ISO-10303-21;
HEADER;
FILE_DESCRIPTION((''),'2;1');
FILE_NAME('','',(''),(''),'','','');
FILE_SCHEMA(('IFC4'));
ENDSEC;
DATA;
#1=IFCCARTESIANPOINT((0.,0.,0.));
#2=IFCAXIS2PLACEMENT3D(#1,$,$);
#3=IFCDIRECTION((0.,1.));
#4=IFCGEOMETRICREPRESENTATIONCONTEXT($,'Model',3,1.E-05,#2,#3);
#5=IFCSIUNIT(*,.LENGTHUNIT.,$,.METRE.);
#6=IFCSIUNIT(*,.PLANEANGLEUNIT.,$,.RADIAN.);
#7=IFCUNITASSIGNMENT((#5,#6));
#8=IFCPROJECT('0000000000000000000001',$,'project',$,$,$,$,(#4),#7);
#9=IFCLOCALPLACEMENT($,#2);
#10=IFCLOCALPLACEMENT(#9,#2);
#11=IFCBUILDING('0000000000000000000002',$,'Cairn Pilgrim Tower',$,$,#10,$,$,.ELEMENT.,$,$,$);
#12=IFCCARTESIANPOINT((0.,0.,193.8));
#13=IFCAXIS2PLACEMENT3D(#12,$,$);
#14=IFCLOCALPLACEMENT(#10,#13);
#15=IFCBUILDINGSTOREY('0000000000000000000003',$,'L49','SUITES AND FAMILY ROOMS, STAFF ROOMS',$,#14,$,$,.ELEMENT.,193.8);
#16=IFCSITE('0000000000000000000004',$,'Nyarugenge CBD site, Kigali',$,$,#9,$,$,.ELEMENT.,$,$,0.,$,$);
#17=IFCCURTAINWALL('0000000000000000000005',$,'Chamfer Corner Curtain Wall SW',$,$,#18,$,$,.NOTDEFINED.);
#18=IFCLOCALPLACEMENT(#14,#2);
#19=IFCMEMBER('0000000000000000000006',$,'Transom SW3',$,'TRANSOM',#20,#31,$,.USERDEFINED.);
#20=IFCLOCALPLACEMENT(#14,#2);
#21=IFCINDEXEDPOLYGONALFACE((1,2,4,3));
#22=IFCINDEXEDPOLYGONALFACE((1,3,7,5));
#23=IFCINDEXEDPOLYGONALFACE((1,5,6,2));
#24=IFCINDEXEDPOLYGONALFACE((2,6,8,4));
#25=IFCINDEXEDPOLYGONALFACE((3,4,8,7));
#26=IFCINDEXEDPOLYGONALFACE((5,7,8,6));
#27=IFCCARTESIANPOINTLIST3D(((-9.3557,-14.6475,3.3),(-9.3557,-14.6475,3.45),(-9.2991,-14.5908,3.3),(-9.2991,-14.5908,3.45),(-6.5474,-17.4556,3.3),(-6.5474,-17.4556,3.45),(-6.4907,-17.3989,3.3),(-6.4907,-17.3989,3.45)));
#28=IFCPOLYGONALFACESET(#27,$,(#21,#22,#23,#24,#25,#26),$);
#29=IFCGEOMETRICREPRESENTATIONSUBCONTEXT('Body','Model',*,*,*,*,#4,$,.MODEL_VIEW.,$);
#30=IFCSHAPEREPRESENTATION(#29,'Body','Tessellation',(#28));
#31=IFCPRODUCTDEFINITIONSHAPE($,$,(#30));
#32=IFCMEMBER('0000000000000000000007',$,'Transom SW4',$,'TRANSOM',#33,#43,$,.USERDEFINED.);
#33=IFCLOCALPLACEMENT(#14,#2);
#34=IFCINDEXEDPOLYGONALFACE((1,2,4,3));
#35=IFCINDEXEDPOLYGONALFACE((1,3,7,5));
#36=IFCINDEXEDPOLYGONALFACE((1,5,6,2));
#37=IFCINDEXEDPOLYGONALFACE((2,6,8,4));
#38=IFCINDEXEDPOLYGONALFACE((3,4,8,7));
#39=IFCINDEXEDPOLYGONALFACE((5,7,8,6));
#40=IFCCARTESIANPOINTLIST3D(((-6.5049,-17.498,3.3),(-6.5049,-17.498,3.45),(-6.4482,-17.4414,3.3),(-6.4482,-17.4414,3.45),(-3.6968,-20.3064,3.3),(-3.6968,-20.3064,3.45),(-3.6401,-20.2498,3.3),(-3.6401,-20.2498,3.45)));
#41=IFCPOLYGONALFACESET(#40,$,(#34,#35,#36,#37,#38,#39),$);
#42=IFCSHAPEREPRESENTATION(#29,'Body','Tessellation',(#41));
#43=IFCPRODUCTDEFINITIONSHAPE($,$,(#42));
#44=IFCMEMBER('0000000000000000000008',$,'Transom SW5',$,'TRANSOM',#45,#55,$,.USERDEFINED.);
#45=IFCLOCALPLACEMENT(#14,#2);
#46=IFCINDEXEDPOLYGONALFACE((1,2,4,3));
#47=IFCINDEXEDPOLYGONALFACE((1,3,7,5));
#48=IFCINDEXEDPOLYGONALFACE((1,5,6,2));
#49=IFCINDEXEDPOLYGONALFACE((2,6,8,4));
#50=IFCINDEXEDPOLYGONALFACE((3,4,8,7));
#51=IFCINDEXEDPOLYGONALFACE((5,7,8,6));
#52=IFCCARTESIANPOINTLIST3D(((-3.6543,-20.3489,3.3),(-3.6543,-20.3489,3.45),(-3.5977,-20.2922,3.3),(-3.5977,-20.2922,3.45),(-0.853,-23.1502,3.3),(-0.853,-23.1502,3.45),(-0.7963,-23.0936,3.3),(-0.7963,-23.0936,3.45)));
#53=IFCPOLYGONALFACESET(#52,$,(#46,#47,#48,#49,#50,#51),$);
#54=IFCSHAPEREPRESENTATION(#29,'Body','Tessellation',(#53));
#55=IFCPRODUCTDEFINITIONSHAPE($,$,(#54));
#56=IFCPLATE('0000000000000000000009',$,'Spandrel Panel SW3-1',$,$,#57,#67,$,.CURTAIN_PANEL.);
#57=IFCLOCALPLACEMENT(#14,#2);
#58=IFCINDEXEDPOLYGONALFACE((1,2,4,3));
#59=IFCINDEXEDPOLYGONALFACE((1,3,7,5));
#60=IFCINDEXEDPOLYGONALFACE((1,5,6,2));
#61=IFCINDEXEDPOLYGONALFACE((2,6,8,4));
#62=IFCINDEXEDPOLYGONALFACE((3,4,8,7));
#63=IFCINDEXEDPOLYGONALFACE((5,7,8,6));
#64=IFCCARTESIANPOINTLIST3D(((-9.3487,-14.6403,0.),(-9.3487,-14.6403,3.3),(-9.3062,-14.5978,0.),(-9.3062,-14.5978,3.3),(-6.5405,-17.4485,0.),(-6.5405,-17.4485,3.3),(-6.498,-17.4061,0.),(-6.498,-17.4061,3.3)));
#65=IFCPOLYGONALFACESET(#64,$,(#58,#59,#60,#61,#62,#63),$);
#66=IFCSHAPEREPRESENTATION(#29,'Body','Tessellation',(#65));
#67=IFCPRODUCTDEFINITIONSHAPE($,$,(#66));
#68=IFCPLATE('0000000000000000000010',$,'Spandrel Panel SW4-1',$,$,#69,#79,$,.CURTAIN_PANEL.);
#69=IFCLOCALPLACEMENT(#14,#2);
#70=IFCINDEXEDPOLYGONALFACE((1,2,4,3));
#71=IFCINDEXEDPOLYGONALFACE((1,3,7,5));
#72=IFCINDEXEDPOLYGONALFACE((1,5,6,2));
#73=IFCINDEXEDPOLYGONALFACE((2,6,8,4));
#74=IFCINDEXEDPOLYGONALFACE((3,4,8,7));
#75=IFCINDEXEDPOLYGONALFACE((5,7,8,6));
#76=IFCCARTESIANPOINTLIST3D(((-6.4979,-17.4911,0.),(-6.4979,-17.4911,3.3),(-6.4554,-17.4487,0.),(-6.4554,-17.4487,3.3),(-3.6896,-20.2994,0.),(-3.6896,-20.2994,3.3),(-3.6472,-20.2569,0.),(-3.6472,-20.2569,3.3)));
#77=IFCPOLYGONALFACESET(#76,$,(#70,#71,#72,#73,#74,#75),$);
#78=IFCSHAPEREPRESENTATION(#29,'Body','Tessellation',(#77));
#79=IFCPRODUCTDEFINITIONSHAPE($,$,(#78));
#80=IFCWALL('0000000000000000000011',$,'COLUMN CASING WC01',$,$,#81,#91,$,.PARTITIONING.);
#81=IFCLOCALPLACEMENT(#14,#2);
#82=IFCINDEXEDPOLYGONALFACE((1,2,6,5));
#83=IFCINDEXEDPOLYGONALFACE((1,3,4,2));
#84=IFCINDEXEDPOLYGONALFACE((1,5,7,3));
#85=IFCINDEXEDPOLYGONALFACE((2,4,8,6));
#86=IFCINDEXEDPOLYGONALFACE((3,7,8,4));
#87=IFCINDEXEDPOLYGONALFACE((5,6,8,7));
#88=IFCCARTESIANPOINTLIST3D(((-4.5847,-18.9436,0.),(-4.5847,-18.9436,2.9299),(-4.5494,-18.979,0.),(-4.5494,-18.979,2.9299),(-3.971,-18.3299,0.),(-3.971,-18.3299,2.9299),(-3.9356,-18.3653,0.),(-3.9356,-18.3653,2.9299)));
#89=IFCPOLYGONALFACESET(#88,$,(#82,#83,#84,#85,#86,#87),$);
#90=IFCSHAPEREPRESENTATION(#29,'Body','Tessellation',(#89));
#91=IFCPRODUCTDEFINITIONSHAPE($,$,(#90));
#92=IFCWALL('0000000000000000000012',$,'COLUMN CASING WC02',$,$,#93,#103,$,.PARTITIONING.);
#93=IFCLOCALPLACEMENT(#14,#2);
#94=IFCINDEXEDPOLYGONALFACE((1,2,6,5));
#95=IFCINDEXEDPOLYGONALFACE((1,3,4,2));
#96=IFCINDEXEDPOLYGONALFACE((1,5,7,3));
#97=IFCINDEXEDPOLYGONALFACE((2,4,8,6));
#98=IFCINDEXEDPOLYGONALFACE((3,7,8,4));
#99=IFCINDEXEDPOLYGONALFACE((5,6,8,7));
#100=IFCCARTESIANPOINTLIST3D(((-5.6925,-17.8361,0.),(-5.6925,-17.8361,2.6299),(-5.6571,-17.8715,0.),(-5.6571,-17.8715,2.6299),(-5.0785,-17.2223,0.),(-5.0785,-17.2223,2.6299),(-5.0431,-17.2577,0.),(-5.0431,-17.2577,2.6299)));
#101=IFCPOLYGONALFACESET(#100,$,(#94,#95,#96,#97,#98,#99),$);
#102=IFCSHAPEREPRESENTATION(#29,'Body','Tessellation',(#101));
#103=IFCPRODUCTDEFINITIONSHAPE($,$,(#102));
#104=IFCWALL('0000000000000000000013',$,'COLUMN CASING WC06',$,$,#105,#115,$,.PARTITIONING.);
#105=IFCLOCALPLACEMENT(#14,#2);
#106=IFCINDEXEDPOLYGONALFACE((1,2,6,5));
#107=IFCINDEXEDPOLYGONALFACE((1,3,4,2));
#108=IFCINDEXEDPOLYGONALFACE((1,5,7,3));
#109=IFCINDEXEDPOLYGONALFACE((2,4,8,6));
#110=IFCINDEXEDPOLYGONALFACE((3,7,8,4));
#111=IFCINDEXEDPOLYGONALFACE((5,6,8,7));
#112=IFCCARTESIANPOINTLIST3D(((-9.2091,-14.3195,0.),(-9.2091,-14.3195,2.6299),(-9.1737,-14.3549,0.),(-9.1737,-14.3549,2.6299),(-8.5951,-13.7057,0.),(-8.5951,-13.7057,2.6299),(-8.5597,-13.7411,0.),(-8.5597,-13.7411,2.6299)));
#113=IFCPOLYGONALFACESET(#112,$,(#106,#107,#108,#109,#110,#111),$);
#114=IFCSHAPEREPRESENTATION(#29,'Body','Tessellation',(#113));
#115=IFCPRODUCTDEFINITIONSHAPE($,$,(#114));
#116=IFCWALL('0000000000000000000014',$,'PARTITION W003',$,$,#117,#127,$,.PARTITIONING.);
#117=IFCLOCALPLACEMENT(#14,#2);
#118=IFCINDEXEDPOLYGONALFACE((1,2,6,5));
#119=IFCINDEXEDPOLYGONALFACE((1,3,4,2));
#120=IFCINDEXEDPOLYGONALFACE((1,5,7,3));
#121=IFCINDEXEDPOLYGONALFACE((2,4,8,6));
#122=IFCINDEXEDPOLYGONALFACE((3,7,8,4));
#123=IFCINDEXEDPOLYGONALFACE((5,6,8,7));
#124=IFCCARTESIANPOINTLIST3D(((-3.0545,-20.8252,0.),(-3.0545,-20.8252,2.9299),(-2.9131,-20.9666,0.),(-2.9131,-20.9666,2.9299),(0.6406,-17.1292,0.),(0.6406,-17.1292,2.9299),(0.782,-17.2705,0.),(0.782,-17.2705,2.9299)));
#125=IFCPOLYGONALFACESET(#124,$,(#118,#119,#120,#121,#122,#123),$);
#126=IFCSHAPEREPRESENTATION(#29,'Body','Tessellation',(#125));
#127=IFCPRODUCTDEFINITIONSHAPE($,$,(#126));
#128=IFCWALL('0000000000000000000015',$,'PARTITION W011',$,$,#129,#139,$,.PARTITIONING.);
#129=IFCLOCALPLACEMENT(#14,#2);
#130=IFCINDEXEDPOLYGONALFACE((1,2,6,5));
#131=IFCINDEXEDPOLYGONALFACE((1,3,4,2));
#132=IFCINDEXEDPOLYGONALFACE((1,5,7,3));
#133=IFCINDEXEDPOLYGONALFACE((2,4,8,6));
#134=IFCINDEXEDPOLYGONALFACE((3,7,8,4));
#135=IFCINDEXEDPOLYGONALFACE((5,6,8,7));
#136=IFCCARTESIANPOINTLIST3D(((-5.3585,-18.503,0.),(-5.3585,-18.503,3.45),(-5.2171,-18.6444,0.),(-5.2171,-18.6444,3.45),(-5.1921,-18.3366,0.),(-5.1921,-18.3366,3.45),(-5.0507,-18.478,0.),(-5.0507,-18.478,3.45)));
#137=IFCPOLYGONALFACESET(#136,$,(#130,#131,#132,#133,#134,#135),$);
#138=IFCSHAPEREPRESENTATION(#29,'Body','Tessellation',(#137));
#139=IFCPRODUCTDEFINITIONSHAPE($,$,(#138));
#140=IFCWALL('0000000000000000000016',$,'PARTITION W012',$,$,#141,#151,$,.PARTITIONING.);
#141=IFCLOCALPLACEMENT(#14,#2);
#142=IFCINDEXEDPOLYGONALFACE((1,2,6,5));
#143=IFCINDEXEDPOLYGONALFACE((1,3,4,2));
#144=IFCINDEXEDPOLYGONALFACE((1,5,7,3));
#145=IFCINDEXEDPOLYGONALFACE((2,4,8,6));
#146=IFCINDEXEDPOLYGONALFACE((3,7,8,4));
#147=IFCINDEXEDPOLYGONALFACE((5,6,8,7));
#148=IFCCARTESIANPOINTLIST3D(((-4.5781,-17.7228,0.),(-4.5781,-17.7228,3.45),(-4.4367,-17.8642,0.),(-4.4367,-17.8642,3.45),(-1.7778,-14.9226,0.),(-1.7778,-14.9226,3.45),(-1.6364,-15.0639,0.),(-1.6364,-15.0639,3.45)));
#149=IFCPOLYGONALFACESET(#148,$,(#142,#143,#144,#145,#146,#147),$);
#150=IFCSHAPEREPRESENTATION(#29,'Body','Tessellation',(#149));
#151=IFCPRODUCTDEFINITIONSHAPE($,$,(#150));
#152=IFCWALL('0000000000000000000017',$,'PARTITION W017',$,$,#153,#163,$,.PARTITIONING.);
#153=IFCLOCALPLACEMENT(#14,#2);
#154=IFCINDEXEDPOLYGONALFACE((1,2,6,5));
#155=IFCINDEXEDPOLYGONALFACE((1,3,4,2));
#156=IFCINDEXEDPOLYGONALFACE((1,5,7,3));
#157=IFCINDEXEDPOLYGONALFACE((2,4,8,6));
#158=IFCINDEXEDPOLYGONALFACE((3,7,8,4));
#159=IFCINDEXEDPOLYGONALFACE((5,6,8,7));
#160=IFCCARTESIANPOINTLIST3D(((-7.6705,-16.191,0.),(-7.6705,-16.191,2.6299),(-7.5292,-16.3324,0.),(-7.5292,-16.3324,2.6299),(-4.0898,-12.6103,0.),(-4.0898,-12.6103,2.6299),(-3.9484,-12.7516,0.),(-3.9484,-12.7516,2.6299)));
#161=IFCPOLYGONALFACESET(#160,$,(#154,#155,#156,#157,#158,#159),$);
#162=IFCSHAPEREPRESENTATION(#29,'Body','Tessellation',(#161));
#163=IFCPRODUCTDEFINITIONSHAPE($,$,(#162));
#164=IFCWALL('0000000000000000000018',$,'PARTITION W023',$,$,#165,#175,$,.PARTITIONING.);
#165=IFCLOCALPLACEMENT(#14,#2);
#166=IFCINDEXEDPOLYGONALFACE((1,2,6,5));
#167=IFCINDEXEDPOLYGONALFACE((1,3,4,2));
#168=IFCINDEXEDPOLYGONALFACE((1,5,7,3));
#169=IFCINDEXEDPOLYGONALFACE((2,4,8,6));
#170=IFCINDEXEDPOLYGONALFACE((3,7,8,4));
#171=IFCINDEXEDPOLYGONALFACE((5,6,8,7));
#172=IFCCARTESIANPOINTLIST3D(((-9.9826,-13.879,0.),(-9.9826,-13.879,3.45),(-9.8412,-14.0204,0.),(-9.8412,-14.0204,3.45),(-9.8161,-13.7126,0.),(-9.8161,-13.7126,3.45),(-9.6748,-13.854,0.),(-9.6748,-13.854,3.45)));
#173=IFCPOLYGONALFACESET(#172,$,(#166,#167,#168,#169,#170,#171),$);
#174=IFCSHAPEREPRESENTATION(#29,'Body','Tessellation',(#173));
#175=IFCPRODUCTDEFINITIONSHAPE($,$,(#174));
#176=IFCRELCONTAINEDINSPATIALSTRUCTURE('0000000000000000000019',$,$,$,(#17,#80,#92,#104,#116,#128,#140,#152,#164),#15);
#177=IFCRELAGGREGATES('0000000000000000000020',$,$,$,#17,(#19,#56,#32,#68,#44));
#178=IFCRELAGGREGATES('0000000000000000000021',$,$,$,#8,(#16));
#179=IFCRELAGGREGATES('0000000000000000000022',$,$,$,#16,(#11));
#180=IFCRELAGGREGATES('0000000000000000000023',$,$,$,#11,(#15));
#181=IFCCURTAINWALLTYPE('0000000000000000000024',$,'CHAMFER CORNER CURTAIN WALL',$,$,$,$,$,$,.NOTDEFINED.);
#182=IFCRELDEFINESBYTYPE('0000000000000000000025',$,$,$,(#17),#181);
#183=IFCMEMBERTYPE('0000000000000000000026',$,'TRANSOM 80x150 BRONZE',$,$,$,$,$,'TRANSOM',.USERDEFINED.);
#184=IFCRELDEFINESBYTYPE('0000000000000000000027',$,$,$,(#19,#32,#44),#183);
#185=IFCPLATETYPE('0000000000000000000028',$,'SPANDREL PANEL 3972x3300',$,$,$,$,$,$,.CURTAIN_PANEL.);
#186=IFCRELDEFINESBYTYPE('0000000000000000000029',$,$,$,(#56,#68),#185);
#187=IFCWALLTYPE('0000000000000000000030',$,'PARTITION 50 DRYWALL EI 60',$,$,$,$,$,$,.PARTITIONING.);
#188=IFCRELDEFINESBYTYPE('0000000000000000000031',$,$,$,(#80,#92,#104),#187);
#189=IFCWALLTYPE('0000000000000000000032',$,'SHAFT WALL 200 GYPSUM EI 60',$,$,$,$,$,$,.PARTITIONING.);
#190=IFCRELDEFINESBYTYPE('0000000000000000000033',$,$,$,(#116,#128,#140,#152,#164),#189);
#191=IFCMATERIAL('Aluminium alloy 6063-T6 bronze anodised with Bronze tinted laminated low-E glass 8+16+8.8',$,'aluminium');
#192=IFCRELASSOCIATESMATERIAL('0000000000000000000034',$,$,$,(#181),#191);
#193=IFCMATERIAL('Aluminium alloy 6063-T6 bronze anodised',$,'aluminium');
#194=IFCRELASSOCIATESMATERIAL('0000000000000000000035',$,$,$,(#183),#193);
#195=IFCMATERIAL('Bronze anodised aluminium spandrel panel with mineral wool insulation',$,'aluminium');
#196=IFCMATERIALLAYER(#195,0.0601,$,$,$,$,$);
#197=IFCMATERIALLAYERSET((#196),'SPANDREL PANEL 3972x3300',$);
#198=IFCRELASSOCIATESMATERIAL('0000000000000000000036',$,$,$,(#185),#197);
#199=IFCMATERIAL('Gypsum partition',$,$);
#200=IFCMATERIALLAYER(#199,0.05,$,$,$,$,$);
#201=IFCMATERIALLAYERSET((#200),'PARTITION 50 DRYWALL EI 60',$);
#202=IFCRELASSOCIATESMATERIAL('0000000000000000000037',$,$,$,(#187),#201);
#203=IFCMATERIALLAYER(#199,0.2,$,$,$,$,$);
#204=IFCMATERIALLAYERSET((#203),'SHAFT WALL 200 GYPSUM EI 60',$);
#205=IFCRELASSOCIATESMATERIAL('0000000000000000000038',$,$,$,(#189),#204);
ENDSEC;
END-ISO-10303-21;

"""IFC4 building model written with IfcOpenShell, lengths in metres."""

from ifc_helpers import new_model, si_unit, direction, frame, frame_2d, origin, origin_2d, place, context, subcontext, project, spatial, rectangle, extrude, material, layer, layer_set, material_profile, profile_set, type_object, element, aggregate, save


model = new_model("IFC4")

# Units and contexts
model_context = context("Model", 3, precision=1e-05, world=origin(), true_north=direction((0.0, 1.0)))
body_context = subcontext(model_context, "Body", "Model", "MODEL_VIEW")
ifc_project = project(units=[si_unit("LENGTHUNIT", "METRE"), si_unit("PLANEANGLEUNIT", "RADIAN")], contexts=[model_context])

# Site, building, storey
site_placement = place(None, origin())
site = spatial("IfcSite", under=ifc_project, at=site_placement, Name="Nyarugenge CBD site, Kigali", CompositionType="ELEMENT", RefElevation=0.0)
building_placement = place(site_placement, origin())
building = spatial("IfcBuilding", under=site, at=building_placement, Name="Cairn Pilgrim Tower", CompositionType="ELEMENT")
storey_placement = place(building_placement, frame((0.0, 0.0, 193.8)))
storey = spatial("IfcBuildingStorey", under=building, at=storey_placement, Name="L49", Description="SUITES AND FAMILY ROOMS, STAFF ROOMS", CompositionType="ELEMENT", Elevation=193.8)

# Curtain wall
ifc_material_1 = material(Name="Aluminium alloy 6063-T6 bronze anodised with Bronze tinted laminated low-E glass 8+16+8.8", Category="aluminium")
curtain_wall_type = type_object("IfcCurtainWallType", Name="CHAMFER CORNER CURTAIN WALL", PredefinedType="NOTDEFINED", material=ifc_material_1)
curtain_wall_placement = place(storey_placement, origin())
curtain_wall = element("IfcCurtainWall", 1, at=curtain_wall_placement, inside=storey, type_object=curtain_wall_type, Name="Chamfer Corner Curtain Wall SW", PredefinedType="NOTDEFINED")
ifc_material_2 = material(Name="Aluminium alloy 6063-T6 bronze anodised", Category="aluminium")

# Members
ifc_material_profile_1 = material_profile(ifc_material_2, rectangle(XDim=0.0801, YDim=0.1499, at=origin_2d()), Name="TRANSOM 80x150 BRONZE")
ifc_profile_set_1 = profile_set([ifc_material_profile_1], Name="Aluminium alloy 6063-T6 bronze anodised")
member_type_1 = type_object("IfcMemberType", Name="TRANSOM 80x150 BRONZE", ElementType="TRANSOM", PredefinedType="USERDEFINED", material=ifc_profile_set_1)
member_1_placement = place(storey_placement, frame((-9.3274, -14.6191, 3.375), z_axis=(0.707138, -0.707076, 0.0), x_axis=(0.707076, 0.707138, 0.0)))
member_1 = element("IfcMember", 2, at=member_1_placement, type_object=member_type_1, Name="Transom SW3", ObjectType="TRANSOM", PredefinedType="USERDEFINED", context=body_context, shape_type="SweptSolid", body=[
    extrude(rectangle(XDim=0.0801, YDim=0.1499, at=origin_2d()), origin(), (0.0, 0.0, 1.0), 3.9714),
])
member_2_placement = place(storey_placement, frame((-6.4766, -17.4697, 3.375), z_axis=(0.707076, -0.707138, 0.0), x_axis=(0.707138, 0.707076, 0.0)))
member_2 = element("IfcMember", 3, at=member_2_placement, type_object=member_type_1, Name="Transom SW4", ObjectType="TRANSOM", PredefinedType="USERDEFINED", context=body_context, shape_type="SweptSolid", body=[
    extrude(rectangle(XDim=0.0801, YDim=0.1499, at=origin_2d()), origin(), (0.0, 0.0, 1.0), 3.9714),
])
member_3_placement = place(storey_placement, frame((-3.626, -20.3206, 3.375), z_axis=(0.707107, -0.707107, 0.0), x_axis=(0.707107, 0.707107, 0.0)))
member_3 = element("IfcMember", 4, at=member_3_placement, type_object=member_type_1, Name="Transom SW5", ObjectType="TRANSOM", PredefinedType="USERDEFINED", context=body_context, shape_type="SweptSolid", body=[
    extrude(rectangle(XDim=0.0801, YDim=0.1499, at=origin_2d()), origin(), (0.0, 0.0, 1.0), 3.9617),
])

# Plates
ifc_material_3 = material(Name="Bronze anodised aluminium spandrel panel with mineral wool insulation", Category="aluminium")
ifc_layer_1 = layer(ifc_material_3, 0.0601)
ifc_layer_set_1 = layer_set([ifc_layer_1], Name="SPANDREL PANEL 3972x3300")
plate_type = type_object("IfcPlateType", Name="SPANDREL PANEL 3972x3300", PredefinedType="CURTAIN_PANEL", material=ifc_layer_set_1)
plate_1_placement = place(storey_placement, frame((-7.9233, -16.0232, 0.0), z_axis=(0.0, 0.0, 1.0), x_axis=(0.707107, -0.707107, 0.0)))
plate_1 = element("IfcPlate", 5, at=plate_1_placement, type_object=plate_type, Name="Spandrel Panel SW3-1", PredefinedType="CURTAIN_PANEL", context=body_context, shape_type="SweptSolid", body=[
    extrude(rectangle(XDim=3.9714, YDim=0.0601, at=origin_2d()), origin(), (0.0, 0.0, 1.0), 3.3),
])
plate_2_placement = place(storey_placement, frame((-5.0725, -18.874, 0.0), z_axis=(0.0, 0.0, 1.0), x_axis=(0.707107, -0.707107, 0.0)))
plate_2 = element("IfcPlate", 6, at=plate_2_placement, type_object=plate_type, Name="Spandrel Panel SW4-1", PredefinedType="CURTAIN_PANEL", context=body_context, shape_type="SweptSolid", body=[
    extrude(rectangle(XDim=3.9714, YDim=0.0601, at=origin_2d()), origin(), (0.0, 0.0, 1.0), 3.3),
])
aggregate(curtain_wall, [member_1, plate_1, member_2, plate_2, member_3])

# Walls
ifc_material_4 = material(Name="Gypsum partition")
ifc_layer_2 = layer(ifc_material_4, 0.05)
ifc_layer_set_2 = layer_set([ifc_layer_2], Name="PARTITION 50 DRYWALL EI 60")
wall_type_1 = type_object("IfcWallType", Name="PARTITION 50 DRYWALL EI 60", PredefinedType="PARTITIONING", material=ifc_layer_set_2)
wall_1_placement = place(storey_placement, frame((-4.5671, -18.9614, 0.0), z_axis=(0.0, 0.0, 1.0), x_axis=(0.707107, 0.707107, 0.0)))
element("IfcWall", 7, at=wall_1_placement, inside=storey, type_object=wall_type_1, Name="COLUMN CASING WC01", PredefinedType="PARTITIONING", context=body_context, shape_type="SweptSolid", body=[
    extrude(rectangle(XDim=0.8679, YDim=0.05, at=frame_2d((0.4341, 0.0))), origin(), (0.0, 0.0, 1.0), 2.9299),
])
for number, where, z_axis, x_axis, name in (
    (8, (-5.6748, -17.8538, 0.0), (0.0, 0.0, 1.0), (0.707247, 0.706966, 0.0), "COLUMN CASING WC02"),
    (9, (-9.1914, -14.3372, 0.0), (0.0, 0.0, 1.0), (0.707247, 0.706966, 0.0), "COLUMN CASING WC06"),
):
    element("IfcWall", number, at=place(storey_placement, frame(where, z_axis=z_axis, x_axis=x_axis)), inside=storey, type_object=wall_type_1, Name=name, PredefinedType="PARTITIONING", context=body_context, shape_type="SweptSolid", body=[
        extrude(rectangle(XDim=0.8682, YDim=0.05, at=frame_2d((0.4341, 0.0))), origin(), (0.0, 0.0, 1.0), 2.6299),
    ])
ifc_layer_3 = layer(ifc_material_4, 0.2)
ifc_layer_set_3 = layer_set([ifc_layer_3], Name="SHAFT WALL 200 GYPSUM EI 60")
wall_type_2 = type_object("IfcWallType", Name="SHAFT WALL 200 GYPSUM EI 60", PredefinedType="PARTITIONING", material=ifc_layer_set_3)
wall_2_placement = place(storey_placement, frame((-2.9839, -20.896, 0.0), z_axis=(0.0, 0.0, 1.0), x_axis=(0.707013, 0.7072, 0.0)))
element("IfcWall", 10, at=wall_2_placement, inside=storey, type_object=wall_type_2, Name="PARTITION W003", PredefinedType="PARTITIONING", context=body_context, shape_type="SweptSolid", body=[
    extrude(rectangle(XDim=5.2263, YDim=0.2, at=frame_2d((2.6133, 0.0))), origin(), (0.0, 0.0, 1.0), 2.9299),
])
wall_3_placement = place(storey_placement, frame((-5.2878, -18.5737, 0.0), z_axis=(0.0, 0.0, 1.0), x_axis=(0.707107, 0.707107, 0.0)))
element("IfcWall", 11, at=wall_3_placement, inside=storey, type_object=wall_type_2, Name="PARTITION W011", PredefinedType="PARTITIONING", context=body_context, shape_type="SweptSolid", body=[
    extrude(rectangle(XDim=0.2354, YDim=0.2, at=frame_2d((0.1177, 0.0))), origin(), (0.0, 0.0, 1.0), 3.45),
])
wall_4_placement = place(storey_placement, frame((-4.5073, -17.7935, 0.0), z_axis=(0.0, 0.0, 1.0), x_axis=(0.707107, 0.707107, 0.0)))
element("IfcWall", 12, at=wall_4_placement, inside=storey, type_object=wall_type_2, Name="PARTITION W012", PredefinedType="PARTITIONING", context=body_context, shape_type="SweptSolid", body=[
    extrude(rectangle(XDim=3.9602, YDim=0.2, at=frame_2d((1.98, 0.0))), origin(), (0.0, 0.0, 1.0), 3.45),
])
wall_5_placement = place(storey_placement, frame((-7.5999, -16.2617, 0.0), z_axis=(0.0, 0.0, 1.0), x_axis=(0.707107, 0.707107, 0.0)))
element("IfcWall", 13, at=wall_5_placement, inside=storey, type_object=wall_type_2, Name="PARTITION W017", PredefinedType="PARTITIONING", context=body_context, shape_type="SweptSolid", body=[
    extrude(rectangle(XDim=5.064, YDim=0.2, at=frame_2d((2.532, 0.0))), origin(), (0.0, 0.0, 1.0), 2.6299),
])
wall_6_placement = place(storey_placement, frame((-9.9119, -13.9497, 0.0), z_axis=(0.0, 0.0, 1.0), x_axis=(0.707107, 0.707107, 0.0)))
element("IfcWall", 14, at=wall_6_placement, inside=storey, type_object=wall_type_2, Name="PARTITION W023", PredefinedType="PARTITIONING", context=body_context, shape_type="SweptSolid", body=[
    extrude(rectangle(XDim=0.2354, YDim=0.2, at=frame_2d((0.1177, 0.0))), origin(), (0.0, 0.0, 1.0), 3.45),
])

save(model, "model.ifc")
